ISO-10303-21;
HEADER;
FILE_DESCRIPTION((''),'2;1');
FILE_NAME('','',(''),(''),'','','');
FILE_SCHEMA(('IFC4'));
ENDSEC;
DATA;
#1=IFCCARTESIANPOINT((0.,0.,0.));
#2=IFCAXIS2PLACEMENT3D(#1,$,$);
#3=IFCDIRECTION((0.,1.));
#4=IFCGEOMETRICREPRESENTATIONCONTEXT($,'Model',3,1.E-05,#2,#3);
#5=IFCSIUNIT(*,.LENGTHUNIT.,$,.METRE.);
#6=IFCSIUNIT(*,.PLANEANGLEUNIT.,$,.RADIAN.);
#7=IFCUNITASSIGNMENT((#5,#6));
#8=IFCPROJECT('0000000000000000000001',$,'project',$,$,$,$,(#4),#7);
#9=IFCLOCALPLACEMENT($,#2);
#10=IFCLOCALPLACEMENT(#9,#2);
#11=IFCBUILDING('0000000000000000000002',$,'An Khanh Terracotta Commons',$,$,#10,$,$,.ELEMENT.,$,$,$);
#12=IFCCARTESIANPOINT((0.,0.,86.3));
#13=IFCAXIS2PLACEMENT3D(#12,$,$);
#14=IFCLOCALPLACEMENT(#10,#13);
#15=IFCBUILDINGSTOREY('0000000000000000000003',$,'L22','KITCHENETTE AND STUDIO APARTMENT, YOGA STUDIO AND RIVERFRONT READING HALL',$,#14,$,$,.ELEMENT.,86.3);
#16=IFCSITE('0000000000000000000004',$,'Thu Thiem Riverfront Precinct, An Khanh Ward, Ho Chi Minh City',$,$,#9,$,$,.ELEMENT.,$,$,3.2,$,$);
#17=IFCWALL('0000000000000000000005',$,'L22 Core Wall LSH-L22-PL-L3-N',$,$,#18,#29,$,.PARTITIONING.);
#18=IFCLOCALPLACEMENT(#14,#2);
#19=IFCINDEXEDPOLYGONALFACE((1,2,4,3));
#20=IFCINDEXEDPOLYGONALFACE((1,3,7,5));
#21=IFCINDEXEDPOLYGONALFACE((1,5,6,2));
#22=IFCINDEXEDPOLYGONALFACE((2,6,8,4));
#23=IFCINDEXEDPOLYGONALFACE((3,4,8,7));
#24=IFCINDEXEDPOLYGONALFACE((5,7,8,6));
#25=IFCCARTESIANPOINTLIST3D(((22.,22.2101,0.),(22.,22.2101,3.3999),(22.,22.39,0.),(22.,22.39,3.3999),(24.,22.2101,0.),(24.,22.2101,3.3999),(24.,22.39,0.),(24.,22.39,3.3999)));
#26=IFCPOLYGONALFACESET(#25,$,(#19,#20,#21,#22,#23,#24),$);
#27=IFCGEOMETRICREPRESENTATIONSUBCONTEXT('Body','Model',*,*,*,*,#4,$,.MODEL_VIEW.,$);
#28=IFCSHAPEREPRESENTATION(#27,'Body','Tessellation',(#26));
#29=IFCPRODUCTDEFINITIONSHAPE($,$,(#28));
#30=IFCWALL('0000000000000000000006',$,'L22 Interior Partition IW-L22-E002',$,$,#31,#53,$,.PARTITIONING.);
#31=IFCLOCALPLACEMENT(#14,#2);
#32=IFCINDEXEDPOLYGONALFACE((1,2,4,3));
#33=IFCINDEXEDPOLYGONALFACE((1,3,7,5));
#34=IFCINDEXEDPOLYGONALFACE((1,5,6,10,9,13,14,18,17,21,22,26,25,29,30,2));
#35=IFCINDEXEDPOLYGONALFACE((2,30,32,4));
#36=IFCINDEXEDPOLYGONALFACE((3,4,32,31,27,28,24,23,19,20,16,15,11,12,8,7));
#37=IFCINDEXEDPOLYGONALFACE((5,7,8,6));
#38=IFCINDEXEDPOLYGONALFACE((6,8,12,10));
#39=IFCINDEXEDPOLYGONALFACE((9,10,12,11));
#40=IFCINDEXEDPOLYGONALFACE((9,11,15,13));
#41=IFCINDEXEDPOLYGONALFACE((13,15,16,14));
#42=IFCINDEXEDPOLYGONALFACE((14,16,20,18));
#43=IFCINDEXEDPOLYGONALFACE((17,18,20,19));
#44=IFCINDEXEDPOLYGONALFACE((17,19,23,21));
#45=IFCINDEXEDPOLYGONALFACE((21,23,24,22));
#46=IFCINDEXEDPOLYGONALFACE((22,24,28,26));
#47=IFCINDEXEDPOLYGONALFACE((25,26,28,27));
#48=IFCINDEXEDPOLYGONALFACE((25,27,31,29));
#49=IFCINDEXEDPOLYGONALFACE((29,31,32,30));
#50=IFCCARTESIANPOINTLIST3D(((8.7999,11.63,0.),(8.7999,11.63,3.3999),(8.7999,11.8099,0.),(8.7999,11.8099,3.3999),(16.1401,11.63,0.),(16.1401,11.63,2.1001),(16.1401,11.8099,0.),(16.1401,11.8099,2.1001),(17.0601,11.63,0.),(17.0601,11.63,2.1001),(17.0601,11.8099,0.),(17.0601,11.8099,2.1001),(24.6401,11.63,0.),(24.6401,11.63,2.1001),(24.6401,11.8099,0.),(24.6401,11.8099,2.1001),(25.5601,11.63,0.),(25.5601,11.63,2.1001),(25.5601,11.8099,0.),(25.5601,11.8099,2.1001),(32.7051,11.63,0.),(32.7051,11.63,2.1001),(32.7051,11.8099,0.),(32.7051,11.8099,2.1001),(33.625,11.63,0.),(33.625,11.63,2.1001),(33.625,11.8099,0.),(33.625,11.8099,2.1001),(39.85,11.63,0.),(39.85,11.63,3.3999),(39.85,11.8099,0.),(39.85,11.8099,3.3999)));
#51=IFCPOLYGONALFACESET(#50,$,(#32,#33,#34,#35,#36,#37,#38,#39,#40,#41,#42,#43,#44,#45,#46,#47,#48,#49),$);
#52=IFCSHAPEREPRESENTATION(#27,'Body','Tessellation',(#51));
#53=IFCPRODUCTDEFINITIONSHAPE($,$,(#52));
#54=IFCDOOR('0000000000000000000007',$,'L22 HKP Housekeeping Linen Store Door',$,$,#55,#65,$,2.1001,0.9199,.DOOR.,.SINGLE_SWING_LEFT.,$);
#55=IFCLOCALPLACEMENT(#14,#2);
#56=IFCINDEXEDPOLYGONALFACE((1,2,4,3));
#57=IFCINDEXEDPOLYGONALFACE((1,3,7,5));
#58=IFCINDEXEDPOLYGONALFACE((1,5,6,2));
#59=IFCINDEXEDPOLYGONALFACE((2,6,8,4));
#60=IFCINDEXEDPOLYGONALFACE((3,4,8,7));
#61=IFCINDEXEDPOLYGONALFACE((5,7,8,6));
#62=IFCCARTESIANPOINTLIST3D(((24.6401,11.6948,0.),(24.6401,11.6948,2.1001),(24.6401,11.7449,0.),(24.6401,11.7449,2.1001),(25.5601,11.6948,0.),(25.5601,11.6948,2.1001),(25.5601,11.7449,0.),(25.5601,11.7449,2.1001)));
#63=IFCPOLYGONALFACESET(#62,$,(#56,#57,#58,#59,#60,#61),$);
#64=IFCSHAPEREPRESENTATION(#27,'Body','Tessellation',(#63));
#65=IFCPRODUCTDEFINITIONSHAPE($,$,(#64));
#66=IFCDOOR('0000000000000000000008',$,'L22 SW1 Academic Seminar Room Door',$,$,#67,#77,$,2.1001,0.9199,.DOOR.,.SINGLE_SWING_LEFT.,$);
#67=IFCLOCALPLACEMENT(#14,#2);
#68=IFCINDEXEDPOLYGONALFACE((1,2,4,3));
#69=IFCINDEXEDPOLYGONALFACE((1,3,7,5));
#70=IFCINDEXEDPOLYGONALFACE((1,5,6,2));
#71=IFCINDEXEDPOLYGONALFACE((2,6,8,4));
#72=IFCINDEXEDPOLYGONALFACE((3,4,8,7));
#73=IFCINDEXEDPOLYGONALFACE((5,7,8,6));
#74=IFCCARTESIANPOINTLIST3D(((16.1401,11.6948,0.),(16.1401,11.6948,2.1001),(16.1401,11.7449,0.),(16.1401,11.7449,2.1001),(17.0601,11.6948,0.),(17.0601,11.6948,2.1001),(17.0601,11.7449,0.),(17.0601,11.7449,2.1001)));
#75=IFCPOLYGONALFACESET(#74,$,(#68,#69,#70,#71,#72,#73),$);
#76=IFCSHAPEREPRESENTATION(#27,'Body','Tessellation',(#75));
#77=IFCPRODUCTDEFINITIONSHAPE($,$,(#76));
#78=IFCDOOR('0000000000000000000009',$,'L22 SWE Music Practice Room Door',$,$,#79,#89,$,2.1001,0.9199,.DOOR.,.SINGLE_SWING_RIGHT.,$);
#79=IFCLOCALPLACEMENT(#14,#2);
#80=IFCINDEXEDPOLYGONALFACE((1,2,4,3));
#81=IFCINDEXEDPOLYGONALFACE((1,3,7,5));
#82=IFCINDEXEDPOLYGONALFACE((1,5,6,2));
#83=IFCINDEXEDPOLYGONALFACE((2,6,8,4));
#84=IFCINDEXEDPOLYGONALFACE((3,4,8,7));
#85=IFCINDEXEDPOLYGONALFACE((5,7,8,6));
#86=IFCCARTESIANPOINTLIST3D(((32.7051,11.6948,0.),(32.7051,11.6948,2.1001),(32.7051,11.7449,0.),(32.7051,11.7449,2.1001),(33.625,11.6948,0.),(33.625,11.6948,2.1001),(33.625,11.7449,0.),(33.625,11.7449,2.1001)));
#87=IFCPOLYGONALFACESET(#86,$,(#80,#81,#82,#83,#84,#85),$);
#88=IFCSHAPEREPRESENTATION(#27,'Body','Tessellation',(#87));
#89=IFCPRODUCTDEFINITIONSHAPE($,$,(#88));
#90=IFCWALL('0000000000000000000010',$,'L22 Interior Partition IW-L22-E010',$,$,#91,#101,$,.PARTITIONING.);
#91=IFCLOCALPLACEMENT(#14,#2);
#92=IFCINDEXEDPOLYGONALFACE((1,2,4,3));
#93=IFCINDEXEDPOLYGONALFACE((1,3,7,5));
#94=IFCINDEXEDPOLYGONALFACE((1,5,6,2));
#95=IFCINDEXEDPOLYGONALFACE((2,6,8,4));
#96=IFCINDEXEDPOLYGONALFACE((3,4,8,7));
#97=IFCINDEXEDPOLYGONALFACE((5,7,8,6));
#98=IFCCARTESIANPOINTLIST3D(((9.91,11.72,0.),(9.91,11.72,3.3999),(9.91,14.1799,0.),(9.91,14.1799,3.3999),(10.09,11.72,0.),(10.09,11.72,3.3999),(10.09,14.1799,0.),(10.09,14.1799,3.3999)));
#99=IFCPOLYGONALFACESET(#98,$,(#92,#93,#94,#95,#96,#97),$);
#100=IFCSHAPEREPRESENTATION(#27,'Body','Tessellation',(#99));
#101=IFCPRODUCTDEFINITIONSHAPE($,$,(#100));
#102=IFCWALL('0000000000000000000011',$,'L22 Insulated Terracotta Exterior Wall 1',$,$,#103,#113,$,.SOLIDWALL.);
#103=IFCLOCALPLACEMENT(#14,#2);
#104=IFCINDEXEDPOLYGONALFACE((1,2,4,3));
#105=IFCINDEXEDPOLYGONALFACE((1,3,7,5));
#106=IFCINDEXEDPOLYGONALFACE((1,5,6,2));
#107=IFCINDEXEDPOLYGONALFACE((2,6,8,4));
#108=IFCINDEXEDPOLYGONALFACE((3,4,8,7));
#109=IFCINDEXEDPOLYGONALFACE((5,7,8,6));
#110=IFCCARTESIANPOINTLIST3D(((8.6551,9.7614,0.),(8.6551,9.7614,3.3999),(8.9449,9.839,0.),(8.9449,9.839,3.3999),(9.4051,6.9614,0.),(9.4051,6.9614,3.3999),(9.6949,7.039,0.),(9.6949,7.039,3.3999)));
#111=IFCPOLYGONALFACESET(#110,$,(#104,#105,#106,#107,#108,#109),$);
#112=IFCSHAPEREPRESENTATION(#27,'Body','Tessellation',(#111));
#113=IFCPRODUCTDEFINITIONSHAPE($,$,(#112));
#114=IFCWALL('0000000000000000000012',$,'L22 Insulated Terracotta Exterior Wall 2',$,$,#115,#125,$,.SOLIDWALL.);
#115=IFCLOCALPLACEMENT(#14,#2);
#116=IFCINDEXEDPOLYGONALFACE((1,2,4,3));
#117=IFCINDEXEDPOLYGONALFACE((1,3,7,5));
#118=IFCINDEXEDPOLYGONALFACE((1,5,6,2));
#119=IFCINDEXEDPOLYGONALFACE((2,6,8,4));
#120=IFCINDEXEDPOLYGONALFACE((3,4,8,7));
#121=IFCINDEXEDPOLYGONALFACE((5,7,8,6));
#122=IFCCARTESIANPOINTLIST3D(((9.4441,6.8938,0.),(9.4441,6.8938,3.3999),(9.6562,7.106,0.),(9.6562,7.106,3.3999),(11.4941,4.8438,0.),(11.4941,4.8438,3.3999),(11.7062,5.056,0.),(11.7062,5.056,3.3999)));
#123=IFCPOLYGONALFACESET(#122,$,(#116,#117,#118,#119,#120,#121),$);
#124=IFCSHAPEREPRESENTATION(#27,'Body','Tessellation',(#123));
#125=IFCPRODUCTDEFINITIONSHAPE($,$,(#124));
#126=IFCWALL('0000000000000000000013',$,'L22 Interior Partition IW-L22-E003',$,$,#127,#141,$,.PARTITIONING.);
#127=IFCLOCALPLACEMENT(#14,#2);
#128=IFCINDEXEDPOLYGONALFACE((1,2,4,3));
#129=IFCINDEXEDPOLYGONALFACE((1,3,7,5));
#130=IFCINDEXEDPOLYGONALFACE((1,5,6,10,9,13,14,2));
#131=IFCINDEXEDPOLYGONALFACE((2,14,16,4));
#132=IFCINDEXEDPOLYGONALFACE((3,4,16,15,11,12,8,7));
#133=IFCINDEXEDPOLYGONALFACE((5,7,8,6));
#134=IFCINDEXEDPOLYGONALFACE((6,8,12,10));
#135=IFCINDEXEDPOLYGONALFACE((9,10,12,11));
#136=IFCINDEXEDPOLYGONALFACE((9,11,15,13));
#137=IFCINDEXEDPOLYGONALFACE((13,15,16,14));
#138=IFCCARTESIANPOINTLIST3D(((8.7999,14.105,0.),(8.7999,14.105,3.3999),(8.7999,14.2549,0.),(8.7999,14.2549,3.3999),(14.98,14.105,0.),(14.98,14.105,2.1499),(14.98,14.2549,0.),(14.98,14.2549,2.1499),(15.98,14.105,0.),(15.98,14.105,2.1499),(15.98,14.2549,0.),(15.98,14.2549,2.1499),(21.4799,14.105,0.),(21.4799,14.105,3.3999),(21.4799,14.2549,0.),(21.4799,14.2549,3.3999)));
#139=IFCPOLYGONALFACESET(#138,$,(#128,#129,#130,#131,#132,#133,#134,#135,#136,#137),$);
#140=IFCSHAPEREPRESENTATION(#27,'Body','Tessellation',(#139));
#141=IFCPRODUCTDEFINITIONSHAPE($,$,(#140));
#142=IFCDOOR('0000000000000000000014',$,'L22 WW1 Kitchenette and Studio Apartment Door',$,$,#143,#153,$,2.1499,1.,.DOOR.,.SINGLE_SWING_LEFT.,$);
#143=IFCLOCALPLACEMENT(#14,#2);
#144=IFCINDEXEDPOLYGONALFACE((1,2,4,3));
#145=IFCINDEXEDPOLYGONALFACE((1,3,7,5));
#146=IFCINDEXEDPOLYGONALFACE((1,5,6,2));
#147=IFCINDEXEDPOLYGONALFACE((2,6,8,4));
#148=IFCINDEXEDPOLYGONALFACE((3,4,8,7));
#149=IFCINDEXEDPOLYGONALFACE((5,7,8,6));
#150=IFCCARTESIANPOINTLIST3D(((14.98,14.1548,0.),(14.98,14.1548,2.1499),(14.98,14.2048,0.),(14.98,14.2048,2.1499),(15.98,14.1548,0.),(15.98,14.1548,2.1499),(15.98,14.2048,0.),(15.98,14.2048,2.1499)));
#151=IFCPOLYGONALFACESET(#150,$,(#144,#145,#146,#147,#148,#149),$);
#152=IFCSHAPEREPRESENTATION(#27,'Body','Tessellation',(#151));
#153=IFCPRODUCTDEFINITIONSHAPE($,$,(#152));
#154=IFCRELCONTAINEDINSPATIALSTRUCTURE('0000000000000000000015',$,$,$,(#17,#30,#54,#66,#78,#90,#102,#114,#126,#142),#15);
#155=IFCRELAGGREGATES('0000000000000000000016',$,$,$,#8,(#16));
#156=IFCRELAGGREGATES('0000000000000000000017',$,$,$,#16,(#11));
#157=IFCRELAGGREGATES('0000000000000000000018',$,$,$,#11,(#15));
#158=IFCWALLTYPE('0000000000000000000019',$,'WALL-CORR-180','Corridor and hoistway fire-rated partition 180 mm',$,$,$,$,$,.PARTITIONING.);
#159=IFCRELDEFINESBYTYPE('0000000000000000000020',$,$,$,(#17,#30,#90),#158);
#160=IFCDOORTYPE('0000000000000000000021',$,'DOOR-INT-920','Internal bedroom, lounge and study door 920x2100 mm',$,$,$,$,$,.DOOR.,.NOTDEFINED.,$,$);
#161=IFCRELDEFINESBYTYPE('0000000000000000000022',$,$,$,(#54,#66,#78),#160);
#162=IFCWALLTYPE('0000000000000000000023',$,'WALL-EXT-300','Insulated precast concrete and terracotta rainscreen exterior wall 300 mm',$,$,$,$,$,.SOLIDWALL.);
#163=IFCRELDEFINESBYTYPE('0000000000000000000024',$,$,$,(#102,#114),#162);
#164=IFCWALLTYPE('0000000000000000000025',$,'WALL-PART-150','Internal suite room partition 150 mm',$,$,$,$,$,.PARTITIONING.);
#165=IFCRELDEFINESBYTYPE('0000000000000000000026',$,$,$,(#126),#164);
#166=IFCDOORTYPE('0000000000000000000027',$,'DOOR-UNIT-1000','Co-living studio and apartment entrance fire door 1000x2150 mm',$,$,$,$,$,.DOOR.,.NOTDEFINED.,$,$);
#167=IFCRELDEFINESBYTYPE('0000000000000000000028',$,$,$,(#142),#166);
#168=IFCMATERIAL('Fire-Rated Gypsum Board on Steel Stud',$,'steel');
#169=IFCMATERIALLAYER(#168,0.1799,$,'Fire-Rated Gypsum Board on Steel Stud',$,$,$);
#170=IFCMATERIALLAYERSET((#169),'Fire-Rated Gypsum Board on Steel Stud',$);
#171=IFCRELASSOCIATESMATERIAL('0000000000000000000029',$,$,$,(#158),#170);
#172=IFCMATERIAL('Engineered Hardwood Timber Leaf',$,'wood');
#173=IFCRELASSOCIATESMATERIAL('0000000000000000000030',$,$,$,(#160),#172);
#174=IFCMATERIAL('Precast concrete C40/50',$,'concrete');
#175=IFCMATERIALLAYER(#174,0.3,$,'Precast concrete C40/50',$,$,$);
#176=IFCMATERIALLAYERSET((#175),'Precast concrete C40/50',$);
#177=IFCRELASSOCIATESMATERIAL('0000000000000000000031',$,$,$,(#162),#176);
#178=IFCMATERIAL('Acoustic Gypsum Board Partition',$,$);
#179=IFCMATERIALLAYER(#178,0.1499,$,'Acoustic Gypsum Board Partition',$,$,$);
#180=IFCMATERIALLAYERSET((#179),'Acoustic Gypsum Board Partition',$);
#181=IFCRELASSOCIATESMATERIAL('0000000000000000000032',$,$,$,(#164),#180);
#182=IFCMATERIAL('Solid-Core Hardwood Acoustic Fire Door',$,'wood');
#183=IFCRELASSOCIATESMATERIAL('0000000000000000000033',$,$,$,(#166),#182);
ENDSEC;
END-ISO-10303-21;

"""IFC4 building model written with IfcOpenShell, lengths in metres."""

from ifc_helpers import new_model, si_unit, direction, frame, frame_2d, origin, place, context, subcontext, project, spatial, rectangle, extrude, material, layer, layer_set, type_object, element, fill, save


model = new_model("IFC4")

# Units and contexts
model_context = context("Model", 3, precision=1e-05, world=origin(), true_north=direction((0.0, 1.0)))
body_context = subcontext(model_context, "Body", "Model", "MODEL_VIEW")
ifc_project = project(units=[si_unit("LENGTHUNIT", "METRE"), si_unit("PLANEANGLEUNIT", "RADIAN")], contexts=[model_context])

# Site, building, storey
site_placement = place(None, origin())
site = spatial("IfcSite", under=ifc_project, at=site_placement, Name="Thu Thiem Riverfront Precinct, An Khanh Ward, Ho Chi Minh City", CompositionType="ELEMENT", RefElevation=3.2)
building_placement = place(site_placement, origin())
building = spatial("IfcBuilding", under=site, at=building_placement, Name="An Khanh Terracotta Commons", CompositionType="ELEMENT")
storey_placement = place(building_placement, frame((0.0, 0.0, 86.3)))
storey = spatial("IfcBuildingStorey", under=building, at=storey_placement, Name="L22", Description="KITCHENETTE AND STUDIO APARTMENT, YOGA STUDIO AND RIVERFRONT READING HALL", CompositionType="ELEMENT", Elevation=86.3)

# Wall
ifc_material_1 = material(Name="Fire-Rated Gypsum Board on Steel Stud", Category="steel")
ifc_layer_1 = layer(ifc_material_1, 0.1799, Name="Fire-Rated Gypsum Board on Steel Stud")
ifc_layer_set_1 = layer_set([ifc_layer_1], Name="Fire-Rated Gypsum Board on Steel Stud")
wall_type_1 = type_object("IfcWallType", Name="WALL-CORR-180", Description="Corridor and hoistway fire-rated partition 180 mm", PredefinedType="PARTITIONING", material=ifc_layer_set_1)
wall_1_placement = place(storey_placement, frame((22.0, 22.3, 0.0), z_axis=(0.0, 0.0, 1.0), x_axis=(1.0, 0.0, 0.0)))
element("IfcWall", 1, at=wall_1_placement, inside=storey, type_object=wall_type_1, Name="L22 Core Wall LSH-L22-PL-L3-N", PredefinedType="PARTITIONING", context=body_context, shape_type="SweptSolid", body=[
    extrude(rectangle(XDim=2.0, YDim=0.1799, at=frame_2d((1.0, 0.0))), origin(), (0.0, 0.0, 1.0), 3.3999),
])

# Wall, openings, doors
wall_2_placement = place(storey_placement, frame((8.8, 11.72, 0.0), z_axis=(0.0, 0.0, 1.0), x_axis=(1.0, 0.0, 0.0)))
wall_2 = element("IfcWall", 2, at=wall_2_placement, inside=storey, type_object=wall_type_1, Name="L22 Interior Partition IW-L22-E002", PredefinedType="PARTITIONING", context=body_context, shape_type="SweptSolid", body=[
    extrude(rectangle(XDim=31.05, YDim=0.1799, at=frame_2d((15.5249, 0.0))), origin(), (0.0, 0.0, 1.0), 3.3999),
])
opening_1_placement = place(wall_2_placement, frame((15.8401, 0.0, 0.0)))
opening_1 = element("IfcOpeningElement", 3, at=opening_1_placement, cuts=wall_2, PredefinedType="OPENING", context=body_context, shape_type="SweptSolid", body=[
    extrude(rectangle(XDim=0.9199, YDim=2.1001, at=frame_2d((0.46, 1.05))), frame((0.0, 0.0999, 0.0), z_axis=(0.0, -1.0, 0.0), x_axis=(1.0, 0.0, 0.0)), (0.0, 0.0, 1.0), 0.2),
])
opening_2_placement = place(wall_2_placement, frame((7.3401, 0.0, 0.0)))
opening_2 = element("IfcOpeningElement", 4, at=opening_2_placement, cuts=wall_2, PredefinedType="OPENING", context=body_context, shape_type="SweptSolid", body=[
    extrude(rectangle(XDim=0.9199, YDim=2.1001, at=frame_2d((0.46, 1.05))), frame((0.0, 0.0999, 0.0), z_axis=(0.0, -1.0, 0.0), x_axis=(1.0, 0.0, 0.0)), (0.0, 0.0, 1.0), 0.2),
])
opening_3_placement = place(wall_2_placement, frame((23.905, 0.0, 0.0)))
opening_3 = element("IfcOpeningElement", 5, at=opening_3_placement, cuts=wall_2, PredefinedType="OPENING", context=body_context, shape_type="SweptSolid", body=[
    extrude(rectangle(XDim=0.9199, YDim=2.1001, at=frame_2d((0.46, 1.05))), frame((0.0, 0.0999, 0.0), z_axis=(0.0, -1.0, 0.0), x_axis=(1.0, 0.0, 0.0)), (0.0, 0.0, 1.0), 0.2),
])
ifc_material_2 = material(Name="Engineered Hardwood Timber Leaf", Category="wood")
door_type_1 = type_object("IfcDoorType", Name="DOOR-INT-920", Description="Internal bedroom, lounge and study door 920x2100 mm", OperationType="NOTDEFINED", PredefinedType="DOOR", material=ifc_material_2)
door_1_placement = place(opening_1_placement, origin())
door_1 = element("IfcDoor", 6, at=door_1_placement, inside=storey, type_object=door_type_1, Name="L22 HKP Housekeeping Linen Store Door", OperationType="SINGLE_SWING_LEFT", OverallHeight=2.1001, OverallWidth=0.9199, PredefinedType="DOOR", context=body_context, shape_type="SweptSolid", body=[
    extrude(rectangle(XDim=0.9199, YDim=2.1001, at=frame_2d((0.46, 1.05))), frame((0.0, 0.0249, 0.0), z_axis=(0.0, -1.0, 0.0), x_axis=(1.0, 0.0, 0.0)), (0.0, 0.0, 1.0), 0.05),
])
fill(opening_1, door_1)
door_2_placement = place(opening_2_placement, origin())
door_2 = element("IfcDoor", 7, at=door_2_placement, inside=storey, type_object=door_type_1, Name="L22 SW1 Academic Seminar Room Door", OperationType="SINGLE_SWING_LEFT", OverallHeight=2.1001, OverallWidth=0.9199, PredefinedType="DOOR", context=body_context, shape_type="SweptSolid", body=[
    extrude(rectangle(XDim=0.9199, YDim=2.1001, at=frame_2d((0.46, 1.05))), frame((0.0, 0.0249, 0.0), z_axis=(0.0, -1.0, 0.0), x_axis=(1.0, 0.0, 0.0)), (0.0, 0.0, 1.0), 0.05),
])
fill(opening_2, door_2)
door_3_placement = place(opening_3_placement, origin())
door_3 = element("IfcDoor", 8, at=door_3_placement, inside=storey, type_object=door_type_1, Name="L22 SWE Music Practice Room Door", OperationType="SINGLE_SWING_RIGHT", OverallHeight=2.1001, OverallWidth=0.9199, PredefinedType="DOOR", context=body_context, shape_type="SweptSolid", body=[
    extrude(rectangle(XDim=0.9199, YDim=2.1001, at=frame_2d((0.46, 1.05))), frame((0.0, 0.0249, 0.0), z_axis=(0.0, -1.0, 0.0), x_axis=(1.0, 0.0, 0.0)), (0.0, 0.0, 1.0), 0.05),
])
fill(opening_3, door_3)

# Walls
wall_3_placement = place(storey_placement, frame((10.0, 11.72, 0.0), z_axis=(0.0, 0.0, 1.0), x_axis=(0.0, 1.0, 0.0)))
element("IfcWall", 9, at=wall_3_placement, inside=storey, type_object=wall_type_1, Name="L22 Interior Partition IW-L22-E010", PredefinedType="PARTITIONING", context=body_context, shape_type="SweptSolid", body=[
    extrude(rectangle(XDim=2.46, YDim=0.1799, at=frame_2d((1.23, 0.0))), origin(), (0.0, 0.0, 1.0), 3.3999),
])
ifc_material_3 = material(Name="Precast concrete C40/50", Category="concrete")
ifc_layer_2 = layer(ifc_material_3, 0.3, Name="Precast concrete C40/50")
ifc_layer_set_2 = layer_set([ifc_layer_2], Name="Precast concrete C40/50")
wall_type_2 = type_object("IfcWallType", Name="WALL-EXT-300", Description="Insulated precast concrete and terracotta rainscreen exterior wall 300 mm", PredefinedType="SOLIDWALL", material=ifc_layer_set_2)
wall_4_placement = place(storey_placement, frame((8.8, 9.8, 0.0), z_axis=(0.0, 0.0, 1.0), x_axis=(0.258732, -0.965949, 0.0)))
element("IfcWall", 10, at=wall_4_placement, inside=storey, type_object=wall_type_2, Name="L22 Insulated Terracotta Exterior Wall 1", PredefinedType="SOLIDWALL", context=body_context, shape_type="SweptSolid", body=[
    extrude(rectangle(XDim=2.8987, YDim=0.3, at=frame_2d((1.4492, 0.0))), origin(), (0.0, 0.0, 1.0), 3.3999),
])
wall_5_placement = place(storey_placement, frame((9.55, 7.0, 0.0), z_axis=(0.0, 0.0, 1.0), x_axis=(0.707107, -0.707107, 0.0)))
element("IfcWall", 11, at=wall_5_placement, inside=storey, type_object=wall_type_2, Name="L22 Insulated Terracotta Exterior Wall 2", PredefinedType="SOLIDWALL", context=body_context, shape_type="SweptSolid", body=[
    extrude(rectangle(XDim=2.8992, YDim=0.3, at=frame_2d((1.4497, 0.0))), origin(), (0.0, 0.0, 1.0), 3.3999),
])

# Wall, opening, door
ifc_material_4 = material(Name="Acoustic Gypsum Board Partition")
ifc_layer_3 = layer(ifc_material_4, 0.1499, Name="Acoustic Gypsum Board Partition")
ifc_layer_set_3 = layer_set([ifc_layer_3], Name="Acoustic Gypsum Board Partition")
wall_type_3 = type_object("IfcWallType", Name="WALL-PART-150", Description="Internal suite room partition 150 mm", PredefinedType="PARTITIONING", material=ifc_layer_set_3)
wall_6_placement = place(storey_placement, frame((8.8, 14.1799, 0.0), z_axis=(0.0, 0.0, 1.0), x_axis=(1.0, 0.0, 0.0)))
wall_6 = element("IfcWall", 12, at=wall_6_placement, inside=storey, type_object=wall_type_3, Name="L22 Interior Partition IW-L22-E003", PredefinedType="PARTITIONING", context=body_context, shape_type="SweptSolid", body=[
    extrude(rectangle(XDim=12.6799, YDim=0.1499, at=frame_2d((6.3398, 0.0))), origin(), (0.0, 0.0, 1.0), 3.3999),
])
opening_4_placement = place(wall_6_placement, frame((6.1799, 0.0, 0.0)))
opening_4 = element("IfcOpeningElement", 13, at=opening_4_placement, cuts=wall_6, PredefinedType="OPENING", context=body_context, shape_type="SweptSolid", body=[
    extrude(rectangle(XDim=1.0, YDim=2.1499, at=frame_2d((0.5, 1.075))), frame((0.0, 0.085, 0.0), z_axis=(0.0, -1.0, 0.0), x_axis=(1.0, 0.0, 0.0)), (0.0, 0.0, 1.0), 0.1699),
])
ifc_material_5 = material(Name="Solid-Core Hardwood Acoustic Fire Door", Category="wood")
door_type_2 = type_object("IfcDoorType", Name="DOOR-UNIT-1000", Description="Co-living studio and apartment entrance fire door 1000x2150 mm", OperationType="NOTDEFINED", PredefinedType="DOOR", material=ifc_material_5)
door_4_placement = place(opening_4_placement, origin())
door_4 = element("IfcDoor", 14, at=door_4_placement, inside=storey, type_object=door_type_2, Name="L22 WW1 Kitchenette and Studio Apartment Door", OperationType="SINGLE_SWING_LEFT", OverallHeight=2.1499, OverallWidth=1.0, PredefinedType="DOOR", context=body_context, shape_type="SweptSolid", body=[
    extrude(rectangle(XDim=1.0, YDim=2.1499, at=frame_2d((0.5, 1.075))), frame((0.0, 0.0249, 0.0), z_axis=(0.0, -1.0, 0.0), x_axis=(1.0, 0.0, 0.0)), (0.0, 0.0, 1.0), 0.05),
])
fill(opening_4, door_4)

save(model, "model.ifc")
